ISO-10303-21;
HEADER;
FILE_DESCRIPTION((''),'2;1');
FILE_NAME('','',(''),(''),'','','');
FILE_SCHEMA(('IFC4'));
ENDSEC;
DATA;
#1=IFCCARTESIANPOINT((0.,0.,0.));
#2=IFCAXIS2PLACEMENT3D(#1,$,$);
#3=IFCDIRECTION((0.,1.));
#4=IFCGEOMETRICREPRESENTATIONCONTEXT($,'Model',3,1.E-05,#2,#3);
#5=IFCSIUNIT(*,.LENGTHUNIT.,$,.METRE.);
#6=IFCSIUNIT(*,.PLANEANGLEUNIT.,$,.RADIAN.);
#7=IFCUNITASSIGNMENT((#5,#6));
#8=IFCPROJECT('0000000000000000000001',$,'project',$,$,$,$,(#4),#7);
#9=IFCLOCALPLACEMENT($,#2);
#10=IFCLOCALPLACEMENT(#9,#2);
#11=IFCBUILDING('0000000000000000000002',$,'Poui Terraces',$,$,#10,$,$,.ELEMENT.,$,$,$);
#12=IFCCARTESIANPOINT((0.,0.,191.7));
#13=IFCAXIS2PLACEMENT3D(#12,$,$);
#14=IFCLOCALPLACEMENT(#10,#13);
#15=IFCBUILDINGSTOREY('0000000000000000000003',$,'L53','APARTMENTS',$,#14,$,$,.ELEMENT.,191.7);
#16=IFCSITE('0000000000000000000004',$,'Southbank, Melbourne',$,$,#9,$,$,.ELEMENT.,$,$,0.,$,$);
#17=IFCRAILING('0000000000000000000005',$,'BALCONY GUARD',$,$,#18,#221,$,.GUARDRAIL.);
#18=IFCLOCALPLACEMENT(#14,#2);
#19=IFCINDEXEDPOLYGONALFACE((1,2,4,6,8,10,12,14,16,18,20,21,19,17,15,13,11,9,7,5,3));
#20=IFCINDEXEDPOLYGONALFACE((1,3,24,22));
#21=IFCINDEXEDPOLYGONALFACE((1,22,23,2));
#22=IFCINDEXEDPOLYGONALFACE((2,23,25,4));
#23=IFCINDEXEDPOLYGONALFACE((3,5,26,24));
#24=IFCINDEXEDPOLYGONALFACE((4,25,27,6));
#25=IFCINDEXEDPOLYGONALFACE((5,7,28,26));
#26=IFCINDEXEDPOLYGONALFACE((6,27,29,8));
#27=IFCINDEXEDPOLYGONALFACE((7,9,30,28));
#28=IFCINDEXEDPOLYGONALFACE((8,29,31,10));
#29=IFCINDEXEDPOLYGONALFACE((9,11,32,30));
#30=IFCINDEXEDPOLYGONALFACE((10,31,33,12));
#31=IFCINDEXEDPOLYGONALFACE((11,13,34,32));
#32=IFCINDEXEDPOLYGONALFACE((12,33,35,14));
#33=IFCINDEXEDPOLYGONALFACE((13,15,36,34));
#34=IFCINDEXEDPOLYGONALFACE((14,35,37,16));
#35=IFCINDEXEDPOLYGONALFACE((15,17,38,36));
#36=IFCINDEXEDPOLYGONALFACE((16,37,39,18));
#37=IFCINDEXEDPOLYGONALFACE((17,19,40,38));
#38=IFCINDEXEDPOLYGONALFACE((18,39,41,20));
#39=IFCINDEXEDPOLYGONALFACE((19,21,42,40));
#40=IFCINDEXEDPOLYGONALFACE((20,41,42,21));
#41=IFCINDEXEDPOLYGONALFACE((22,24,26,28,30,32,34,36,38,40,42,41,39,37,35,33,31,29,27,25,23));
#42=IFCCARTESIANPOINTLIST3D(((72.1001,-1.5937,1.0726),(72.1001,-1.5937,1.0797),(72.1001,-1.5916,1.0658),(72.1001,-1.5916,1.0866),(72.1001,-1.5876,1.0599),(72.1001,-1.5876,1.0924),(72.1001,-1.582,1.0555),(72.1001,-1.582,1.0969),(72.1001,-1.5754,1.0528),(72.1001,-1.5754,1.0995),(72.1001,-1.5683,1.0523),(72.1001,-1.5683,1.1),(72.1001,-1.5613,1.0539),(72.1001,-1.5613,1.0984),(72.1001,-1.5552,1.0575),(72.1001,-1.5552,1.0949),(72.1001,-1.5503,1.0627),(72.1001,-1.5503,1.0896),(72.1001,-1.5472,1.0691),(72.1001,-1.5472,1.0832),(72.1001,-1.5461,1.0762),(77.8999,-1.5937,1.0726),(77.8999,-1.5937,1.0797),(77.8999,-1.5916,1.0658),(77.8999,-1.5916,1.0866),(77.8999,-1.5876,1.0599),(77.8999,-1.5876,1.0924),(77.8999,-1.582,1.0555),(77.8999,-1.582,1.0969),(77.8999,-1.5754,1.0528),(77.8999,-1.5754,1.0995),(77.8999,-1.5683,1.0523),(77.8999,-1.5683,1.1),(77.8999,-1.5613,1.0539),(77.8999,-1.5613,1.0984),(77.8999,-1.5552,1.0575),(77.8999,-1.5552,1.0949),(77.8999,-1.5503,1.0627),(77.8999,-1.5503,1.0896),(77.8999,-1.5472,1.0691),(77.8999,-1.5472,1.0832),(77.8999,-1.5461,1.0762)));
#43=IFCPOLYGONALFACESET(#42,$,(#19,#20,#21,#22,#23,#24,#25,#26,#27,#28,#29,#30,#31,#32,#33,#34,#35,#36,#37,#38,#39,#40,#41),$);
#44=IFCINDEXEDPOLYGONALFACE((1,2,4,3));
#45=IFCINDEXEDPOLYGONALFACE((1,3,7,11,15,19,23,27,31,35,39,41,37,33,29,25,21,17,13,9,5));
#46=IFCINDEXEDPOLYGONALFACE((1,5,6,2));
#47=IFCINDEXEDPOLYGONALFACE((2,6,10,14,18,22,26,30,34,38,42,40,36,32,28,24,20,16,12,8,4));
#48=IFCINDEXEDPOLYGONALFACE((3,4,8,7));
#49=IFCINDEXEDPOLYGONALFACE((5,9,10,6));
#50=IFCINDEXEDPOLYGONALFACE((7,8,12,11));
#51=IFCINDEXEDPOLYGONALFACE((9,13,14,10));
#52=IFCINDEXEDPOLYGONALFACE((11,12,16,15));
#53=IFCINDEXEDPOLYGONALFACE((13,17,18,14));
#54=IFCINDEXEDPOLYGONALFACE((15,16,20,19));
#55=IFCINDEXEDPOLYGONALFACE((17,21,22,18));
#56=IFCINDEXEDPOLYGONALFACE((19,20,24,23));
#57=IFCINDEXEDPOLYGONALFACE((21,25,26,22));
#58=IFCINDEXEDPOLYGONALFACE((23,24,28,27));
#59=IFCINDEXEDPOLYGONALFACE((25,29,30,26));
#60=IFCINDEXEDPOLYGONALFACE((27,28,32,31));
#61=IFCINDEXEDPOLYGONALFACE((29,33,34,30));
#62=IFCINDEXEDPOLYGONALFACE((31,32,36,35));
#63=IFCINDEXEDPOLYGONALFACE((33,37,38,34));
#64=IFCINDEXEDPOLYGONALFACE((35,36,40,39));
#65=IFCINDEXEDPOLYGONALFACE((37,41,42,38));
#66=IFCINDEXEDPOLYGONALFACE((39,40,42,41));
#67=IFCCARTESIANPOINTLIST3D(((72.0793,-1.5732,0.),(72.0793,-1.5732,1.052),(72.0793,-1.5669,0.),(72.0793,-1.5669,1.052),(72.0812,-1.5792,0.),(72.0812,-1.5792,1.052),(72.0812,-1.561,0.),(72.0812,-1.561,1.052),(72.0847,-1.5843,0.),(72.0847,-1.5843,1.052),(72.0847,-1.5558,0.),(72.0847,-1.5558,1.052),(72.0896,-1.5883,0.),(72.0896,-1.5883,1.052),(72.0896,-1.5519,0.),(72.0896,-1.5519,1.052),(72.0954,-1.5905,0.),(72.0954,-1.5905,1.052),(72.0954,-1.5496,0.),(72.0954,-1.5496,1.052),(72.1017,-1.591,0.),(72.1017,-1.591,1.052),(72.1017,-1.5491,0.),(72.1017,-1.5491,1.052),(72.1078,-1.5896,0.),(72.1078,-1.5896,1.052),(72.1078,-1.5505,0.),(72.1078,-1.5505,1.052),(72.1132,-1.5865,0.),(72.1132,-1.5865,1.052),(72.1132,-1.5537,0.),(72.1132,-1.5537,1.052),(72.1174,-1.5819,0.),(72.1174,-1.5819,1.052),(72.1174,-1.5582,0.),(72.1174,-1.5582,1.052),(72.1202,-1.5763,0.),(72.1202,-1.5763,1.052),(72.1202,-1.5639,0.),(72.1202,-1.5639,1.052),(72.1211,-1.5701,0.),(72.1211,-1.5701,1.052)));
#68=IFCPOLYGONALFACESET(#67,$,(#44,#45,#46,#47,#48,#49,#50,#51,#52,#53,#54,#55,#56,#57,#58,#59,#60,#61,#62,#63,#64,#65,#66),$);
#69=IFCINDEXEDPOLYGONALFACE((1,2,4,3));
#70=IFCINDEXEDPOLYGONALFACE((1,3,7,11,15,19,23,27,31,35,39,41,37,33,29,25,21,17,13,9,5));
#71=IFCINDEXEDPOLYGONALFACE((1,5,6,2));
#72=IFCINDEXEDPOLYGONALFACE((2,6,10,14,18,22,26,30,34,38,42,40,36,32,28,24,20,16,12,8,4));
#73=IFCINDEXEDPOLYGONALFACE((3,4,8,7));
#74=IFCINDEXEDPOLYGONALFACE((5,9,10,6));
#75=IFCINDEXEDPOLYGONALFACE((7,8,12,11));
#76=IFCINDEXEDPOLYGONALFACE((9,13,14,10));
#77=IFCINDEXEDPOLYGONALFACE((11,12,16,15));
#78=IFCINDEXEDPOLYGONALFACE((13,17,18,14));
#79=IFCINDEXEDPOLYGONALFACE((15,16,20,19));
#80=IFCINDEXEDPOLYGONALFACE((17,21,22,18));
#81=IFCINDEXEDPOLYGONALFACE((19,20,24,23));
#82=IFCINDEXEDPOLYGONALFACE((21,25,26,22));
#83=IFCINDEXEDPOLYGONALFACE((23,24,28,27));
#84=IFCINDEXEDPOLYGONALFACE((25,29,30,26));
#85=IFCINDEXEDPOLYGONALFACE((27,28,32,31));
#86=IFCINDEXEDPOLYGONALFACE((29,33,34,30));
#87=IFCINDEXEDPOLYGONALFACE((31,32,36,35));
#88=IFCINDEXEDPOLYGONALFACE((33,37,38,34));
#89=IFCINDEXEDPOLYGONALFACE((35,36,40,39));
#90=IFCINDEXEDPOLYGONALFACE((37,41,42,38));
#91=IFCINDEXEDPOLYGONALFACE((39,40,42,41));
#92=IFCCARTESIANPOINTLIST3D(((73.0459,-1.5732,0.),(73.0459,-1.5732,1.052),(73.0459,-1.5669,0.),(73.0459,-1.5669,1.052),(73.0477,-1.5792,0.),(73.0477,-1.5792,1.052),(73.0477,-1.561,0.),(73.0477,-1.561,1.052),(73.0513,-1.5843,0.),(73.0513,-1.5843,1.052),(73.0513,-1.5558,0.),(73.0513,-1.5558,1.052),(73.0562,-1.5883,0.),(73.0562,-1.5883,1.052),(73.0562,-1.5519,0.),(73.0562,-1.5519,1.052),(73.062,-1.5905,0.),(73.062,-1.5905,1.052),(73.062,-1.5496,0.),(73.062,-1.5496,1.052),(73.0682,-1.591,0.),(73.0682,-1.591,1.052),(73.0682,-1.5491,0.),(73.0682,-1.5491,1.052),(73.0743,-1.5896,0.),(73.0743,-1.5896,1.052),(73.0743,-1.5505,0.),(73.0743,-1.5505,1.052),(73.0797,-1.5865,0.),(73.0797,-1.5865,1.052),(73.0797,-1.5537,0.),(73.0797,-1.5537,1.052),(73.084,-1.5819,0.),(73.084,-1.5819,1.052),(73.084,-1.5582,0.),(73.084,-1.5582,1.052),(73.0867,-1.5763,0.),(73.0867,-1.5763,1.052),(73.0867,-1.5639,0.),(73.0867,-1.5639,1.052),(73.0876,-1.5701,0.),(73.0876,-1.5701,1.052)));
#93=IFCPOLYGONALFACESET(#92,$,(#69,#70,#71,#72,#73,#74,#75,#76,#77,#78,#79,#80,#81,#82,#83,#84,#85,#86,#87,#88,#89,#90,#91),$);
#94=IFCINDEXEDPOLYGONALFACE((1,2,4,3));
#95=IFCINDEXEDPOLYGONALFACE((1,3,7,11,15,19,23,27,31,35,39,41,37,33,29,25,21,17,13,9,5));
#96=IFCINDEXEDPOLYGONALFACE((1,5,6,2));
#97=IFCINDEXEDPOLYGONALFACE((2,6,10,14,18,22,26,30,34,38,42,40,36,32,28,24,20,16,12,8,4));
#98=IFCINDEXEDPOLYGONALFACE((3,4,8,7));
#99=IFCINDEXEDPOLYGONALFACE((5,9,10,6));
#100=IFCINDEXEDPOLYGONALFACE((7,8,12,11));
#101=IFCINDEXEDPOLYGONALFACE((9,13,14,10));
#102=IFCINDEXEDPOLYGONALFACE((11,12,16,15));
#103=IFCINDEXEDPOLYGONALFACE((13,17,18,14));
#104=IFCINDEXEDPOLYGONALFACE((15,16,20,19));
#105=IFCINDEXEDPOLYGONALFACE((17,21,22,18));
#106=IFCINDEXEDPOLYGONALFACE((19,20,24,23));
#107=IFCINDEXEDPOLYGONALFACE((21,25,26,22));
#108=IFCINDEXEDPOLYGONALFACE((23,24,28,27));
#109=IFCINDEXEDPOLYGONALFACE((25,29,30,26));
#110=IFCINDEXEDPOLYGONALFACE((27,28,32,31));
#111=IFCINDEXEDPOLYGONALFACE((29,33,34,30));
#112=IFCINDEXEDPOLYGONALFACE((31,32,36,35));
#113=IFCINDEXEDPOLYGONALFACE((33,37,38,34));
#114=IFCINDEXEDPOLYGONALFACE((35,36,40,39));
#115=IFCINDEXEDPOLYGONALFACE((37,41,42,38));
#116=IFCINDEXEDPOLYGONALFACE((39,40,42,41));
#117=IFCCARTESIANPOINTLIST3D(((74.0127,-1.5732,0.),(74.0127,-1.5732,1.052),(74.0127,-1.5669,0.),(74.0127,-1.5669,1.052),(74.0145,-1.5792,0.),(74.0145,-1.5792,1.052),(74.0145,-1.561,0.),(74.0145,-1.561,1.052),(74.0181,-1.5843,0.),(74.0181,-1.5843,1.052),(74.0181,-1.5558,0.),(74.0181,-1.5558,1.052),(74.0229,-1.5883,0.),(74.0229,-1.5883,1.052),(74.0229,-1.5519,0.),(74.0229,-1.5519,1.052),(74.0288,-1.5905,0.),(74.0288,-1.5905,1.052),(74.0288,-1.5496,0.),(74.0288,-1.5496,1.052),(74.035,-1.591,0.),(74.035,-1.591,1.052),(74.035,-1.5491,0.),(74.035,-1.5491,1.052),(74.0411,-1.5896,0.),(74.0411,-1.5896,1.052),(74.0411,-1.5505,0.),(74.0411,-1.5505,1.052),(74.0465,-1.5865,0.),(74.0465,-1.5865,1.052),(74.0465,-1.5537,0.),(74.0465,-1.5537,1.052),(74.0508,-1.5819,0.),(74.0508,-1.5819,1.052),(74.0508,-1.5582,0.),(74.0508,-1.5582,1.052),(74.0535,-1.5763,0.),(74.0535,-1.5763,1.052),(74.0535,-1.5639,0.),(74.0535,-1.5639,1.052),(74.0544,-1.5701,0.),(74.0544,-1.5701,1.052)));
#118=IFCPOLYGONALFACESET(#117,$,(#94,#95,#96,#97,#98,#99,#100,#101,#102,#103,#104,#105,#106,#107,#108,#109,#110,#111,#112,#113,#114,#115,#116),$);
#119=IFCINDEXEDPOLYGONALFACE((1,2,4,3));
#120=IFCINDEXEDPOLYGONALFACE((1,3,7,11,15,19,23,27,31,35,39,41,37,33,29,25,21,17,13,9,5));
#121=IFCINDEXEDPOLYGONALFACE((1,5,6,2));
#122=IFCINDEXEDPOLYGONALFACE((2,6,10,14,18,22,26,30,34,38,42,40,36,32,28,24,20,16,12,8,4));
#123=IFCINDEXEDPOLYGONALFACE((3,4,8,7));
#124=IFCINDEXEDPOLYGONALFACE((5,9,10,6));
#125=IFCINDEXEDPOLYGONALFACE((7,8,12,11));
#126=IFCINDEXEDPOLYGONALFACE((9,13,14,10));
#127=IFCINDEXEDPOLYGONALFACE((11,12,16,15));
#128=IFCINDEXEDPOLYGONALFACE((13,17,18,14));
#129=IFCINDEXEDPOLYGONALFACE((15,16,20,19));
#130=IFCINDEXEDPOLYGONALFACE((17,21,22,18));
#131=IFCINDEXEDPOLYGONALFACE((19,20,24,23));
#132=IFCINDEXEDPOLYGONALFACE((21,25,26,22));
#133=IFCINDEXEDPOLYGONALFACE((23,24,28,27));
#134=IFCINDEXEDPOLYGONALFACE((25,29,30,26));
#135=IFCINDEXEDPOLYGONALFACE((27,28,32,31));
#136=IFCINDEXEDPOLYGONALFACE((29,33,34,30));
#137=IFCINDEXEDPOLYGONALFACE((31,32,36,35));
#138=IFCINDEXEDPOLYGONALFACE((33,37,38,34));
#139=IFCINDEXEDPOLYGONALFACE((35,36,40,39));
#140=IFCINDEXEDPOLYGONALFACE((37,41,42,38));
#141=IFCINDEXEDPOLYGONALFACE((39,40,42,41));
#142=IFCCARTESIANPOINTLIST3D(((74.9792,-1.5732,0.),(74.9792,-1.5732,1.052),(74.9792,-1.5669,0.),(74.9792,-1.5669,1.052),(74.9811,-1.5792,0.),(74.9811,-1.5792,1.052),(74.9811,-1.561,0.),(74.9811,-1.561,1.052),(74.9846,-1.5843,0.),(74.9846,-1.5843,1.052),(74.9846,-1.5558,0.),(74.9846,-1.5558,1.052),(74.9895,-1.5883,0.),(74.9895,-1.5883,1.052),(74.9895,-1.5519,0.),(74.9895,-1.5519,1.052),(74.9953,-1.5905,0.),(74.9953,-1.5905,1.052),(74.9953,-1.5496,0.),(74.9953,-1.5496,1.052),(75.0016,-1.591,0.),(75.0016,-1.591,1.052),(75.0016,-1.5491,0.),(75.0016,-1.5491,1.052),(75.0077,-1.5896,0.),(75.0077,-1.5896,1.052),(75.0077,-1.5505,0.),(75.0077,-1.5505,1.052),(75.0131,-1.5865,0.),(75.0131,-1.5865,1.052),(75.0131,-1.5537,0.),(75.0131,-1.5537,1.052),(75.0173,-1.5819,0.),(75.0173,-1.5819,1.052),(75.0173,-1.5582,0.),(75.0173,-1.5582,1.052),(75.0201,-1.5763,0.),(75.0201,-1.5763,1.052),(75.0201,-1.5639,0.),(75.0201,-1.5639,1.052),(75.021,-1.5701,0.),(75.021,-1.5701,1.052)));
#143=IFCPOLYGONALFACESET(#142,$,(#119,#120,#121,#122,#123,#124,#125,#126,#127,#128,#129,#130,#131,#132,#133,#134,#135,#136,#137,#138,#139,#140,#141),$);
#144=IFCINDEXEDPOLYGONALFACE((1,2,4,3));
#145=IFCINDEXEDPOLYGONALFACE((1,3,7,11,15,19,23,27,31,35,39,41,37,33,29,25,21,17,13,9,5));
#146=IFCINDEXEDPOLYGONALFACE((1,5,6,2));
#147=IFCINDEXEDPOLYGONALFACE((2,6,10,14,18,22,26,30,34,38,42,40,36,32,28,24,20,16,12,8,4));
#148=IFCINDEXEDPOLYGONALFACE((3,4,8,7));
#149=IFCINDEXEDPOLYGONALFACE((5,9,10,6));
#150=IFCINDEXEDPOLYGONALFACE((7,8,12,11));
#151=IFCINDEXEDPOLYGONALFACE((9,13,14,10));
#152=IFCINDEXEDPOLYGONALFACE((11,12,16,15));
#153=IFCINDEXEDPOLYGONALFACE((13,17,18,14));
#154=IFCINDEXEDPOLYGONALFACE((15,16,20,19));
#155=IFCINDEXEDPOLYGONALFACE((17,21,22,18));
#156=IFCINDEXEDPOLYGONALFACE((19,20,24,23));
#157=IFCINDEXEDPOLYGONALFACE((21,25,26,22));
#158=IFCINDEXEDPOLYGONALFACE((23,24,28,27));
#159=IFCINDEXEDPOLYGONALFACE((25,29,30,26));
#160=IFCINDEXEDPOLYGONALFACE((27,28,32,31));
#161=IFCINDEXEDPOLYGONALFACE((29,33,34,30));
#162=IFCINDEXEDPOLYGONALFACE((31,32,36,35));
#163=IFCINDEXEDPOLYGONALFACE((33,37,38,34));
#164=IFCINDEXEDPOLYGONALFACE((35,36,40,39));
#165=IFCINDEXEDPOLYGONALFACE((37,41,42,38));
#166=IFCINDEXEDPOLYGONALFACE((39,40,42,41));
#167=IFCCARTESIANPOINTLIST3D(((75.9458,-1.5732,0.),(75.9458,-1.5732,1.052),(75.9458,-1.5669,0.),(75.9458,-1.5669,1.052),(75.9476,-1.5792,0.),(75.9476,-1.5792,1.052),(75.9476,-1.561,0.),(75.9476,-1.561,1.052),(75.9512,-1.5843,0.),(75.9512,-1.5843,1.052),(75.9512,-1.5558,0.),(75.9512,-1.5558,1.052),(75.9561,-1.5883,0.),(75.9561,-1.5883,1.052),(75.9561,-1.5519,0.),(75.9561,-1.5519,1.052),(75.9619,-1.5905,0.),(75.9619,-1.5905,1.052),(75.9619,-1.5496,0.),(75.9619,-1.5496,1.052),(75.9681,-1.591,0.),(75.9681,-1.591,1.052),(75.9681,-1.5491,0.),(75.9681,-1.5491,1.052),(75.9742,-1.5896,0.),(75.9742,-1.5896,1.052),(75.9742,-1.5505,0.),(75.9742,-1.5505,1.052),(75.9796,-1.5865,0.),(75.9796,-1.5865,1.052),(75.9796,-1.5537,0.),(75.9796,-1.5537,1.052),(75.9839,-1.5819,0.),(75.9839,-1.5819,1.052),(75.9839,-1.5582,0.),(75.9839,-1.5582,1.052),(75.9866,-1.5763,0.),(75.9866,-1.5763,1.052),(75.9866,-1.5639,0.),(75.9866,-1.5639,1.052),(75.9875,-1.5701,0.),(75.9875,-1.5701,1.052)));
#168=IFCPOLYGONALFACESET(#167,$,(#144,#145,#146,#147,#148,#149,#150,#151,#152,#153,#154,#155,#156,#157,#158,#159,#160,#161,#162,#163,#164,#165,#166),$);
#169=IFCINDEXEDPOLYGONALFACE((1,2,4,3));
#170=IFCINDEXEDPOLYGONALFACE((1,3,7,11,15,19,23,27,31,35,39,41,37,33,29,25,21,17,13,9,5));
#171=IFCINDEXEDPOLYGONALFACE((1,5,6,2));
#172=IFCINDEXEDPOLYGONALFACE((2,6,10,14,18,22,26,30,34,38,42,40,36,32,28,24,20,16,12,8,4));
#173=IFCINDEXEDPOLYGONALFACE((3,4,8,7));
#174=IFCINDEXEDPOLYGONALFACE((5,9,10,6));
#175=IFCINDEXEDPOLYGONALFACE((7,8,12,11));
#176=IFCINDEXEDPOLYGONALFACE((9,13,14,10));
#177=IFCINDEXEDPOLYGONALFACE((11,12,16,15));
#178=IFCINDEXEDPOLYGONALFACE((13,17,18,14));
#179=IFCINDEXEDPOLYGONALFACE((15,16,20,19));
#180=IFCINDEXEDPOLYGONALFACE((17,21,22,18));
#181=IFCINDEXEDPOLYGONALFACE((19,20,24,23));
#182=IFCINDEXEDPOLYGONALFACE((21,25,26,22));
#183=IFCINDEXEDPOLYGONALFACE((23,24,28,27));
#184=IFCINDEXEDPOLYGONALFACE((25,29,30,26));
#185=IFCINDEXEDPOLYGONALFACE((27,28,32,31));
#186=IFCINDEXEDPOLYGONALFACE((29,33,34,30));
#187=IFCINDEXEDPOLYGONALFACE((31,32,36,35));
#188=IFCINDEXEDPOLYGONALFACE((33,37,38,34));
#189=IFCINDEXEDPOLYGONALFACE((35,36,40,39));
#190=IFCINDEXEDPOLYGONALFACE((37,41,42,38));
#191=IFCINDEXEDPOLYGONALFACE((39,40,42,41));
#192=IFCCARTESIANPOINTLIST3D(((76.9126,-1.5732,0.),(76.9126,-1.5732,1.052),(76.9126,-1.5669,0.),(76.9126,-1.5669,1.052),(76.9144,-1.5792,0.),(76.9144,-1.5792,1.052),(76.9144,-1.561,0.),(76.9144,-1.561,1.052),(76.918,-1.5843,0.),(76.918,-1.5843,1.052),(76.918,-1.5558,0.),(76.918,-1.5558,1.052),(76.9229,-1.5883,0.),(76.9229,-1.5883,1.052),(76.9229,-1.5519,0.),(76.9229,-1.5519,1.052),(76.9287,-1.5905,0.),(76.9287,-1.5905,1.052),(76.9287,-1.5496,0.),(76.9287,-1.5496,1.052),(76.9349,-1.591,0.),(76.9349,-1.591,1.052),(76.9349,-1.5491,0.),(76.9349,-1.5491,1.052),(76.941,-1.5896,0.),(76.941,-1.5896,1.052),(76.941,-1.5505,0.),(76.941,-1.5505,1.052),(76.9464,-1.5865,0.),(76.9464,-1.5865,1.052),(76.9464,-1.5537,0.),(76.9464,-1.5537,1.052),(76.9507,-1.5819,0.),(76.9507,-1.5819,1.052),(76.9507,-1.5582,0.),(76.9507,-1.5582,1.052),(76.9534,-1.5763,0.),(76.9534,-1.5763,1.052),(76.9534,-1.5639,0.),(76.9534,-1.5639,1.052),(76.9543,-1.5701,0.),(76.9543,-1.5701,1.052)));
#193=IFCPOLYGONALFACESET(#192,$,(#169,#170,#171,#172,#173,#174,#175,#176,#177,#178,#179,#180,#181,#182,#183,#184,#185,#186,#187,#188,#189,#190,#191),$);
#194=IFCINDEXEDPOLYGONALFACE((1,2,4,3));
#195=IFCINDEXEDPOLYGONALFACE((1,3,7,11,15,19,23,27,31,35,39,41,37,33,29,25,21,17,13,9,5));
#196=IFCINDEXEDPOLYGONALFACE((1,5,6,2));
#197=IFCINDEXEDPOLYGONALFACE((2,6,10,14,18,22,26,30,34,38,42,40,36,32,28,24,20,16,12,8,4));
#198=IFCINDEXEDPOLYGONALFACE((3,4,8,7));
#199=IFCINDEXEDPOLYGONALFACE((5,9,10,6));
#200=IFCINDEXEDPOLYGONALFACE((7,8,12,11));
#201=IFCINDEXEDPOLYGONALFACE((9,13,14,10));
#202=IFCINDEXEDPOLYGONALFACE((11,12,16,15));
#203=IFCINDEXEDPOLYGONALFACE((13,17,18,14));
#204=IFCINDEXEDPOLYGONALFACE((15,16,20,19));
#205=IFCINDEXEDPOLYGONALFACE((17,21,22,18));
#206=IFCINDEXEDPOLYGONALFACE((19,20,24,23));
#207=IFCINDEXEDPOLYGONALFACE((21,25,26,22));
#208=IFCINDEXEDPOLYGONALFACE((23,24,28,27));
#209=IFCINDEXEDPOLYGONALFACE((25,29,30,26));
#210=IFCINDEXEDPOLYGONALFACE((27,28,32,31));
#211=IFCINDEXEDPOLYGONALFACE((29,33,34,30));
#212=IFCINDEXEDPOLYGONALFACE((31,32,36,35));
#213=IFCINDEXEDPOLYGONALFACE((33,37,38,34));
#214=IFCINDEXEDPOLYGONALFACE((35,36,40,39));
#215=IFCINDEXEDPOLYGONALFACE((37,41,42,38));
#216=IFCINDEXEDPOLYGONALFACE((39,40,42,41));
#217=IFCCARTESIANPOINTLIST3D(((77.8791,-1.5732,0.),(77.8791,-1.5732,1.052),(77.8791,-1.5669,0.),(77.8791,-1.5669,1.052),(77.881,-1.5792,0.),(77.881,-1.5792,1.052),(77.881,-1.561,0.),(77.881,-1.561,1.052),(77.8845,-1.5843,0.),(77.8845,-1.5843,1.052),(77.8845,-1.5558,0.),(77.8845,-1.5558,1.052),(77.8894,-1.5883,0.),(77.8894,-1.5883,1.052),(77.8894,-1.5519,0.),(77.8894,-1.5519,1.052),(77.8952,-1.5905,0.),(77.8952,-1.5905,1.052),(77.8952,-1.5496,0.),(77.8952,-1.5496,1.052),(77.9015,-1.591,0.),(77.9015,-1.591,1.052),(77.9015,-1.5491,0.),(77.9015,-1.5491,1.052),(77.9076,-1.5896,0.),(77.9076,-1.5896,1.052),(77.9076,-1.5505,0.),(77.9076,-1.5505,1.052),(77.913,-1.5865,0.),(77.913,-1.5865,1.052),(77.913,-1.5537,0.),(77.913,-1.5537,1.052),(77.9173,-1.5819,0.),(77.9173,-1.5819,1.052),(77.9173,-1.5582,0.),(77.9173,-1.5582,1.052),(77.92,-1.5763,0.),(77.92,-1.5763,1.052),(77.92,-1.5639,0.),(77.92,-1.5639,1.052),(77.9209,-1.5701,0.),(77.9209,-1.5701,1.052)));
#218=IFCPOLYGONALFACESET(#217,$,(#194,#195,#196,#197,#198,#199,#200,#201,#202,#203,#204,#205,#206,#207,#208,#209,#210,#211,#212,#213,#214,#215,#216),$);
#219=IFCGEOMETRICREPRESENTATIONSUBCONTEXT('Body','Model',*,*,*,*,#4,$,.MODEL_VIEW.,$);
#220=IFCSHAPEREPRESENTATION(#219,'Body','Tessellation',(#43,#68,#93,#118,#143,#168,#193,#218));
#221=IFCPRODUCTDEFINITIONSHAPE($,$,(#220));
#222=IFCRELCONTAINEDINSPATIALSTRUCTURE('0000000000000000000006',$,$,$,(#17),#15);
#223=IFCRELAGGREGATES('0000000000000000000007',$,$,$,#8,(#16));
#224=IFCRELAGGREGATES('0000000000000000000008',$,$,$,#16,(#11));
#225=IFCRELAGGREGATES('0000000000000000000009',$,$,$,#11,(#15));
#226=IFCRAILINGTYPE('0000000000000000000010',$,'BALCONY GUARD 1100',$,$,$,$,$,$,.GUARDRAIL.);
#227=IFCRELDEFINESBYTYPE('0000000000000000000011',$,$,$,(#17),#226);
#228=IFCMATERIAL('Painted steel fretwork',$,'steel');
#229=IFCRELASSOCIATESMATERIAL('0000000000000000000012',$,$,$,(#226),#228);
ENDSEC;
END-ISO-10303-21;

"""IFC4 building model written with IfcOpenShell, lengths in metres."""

from ifc_helpers import new_model, si_unit, direction, frame, origin, origin_2d, place, context, subcontext, project, spatial, circle, extrude, material, type_object, element, save


model = new_model("IFC4")

# Units and contexts
model_context = context("Model", 3, precision=1e-05, world=origin(), true_north=direction((0.0, 1.0)))
body_context = subcontext(model_context, "Body", "Model", "MODEL_VIEW")
ifc_project = project(units=[si_unit("LENGTHUNIT", "METRE"), si_unit("PLANEANGLEUNIT", "RADIAN")], contexts=[model_context])

# Site, building, storey
site_placement = place(None, origin())
site = spatial("IfcSite", under=ifc_project, at=site_placement, Name="Southbank, Melbourne", CompositionType="ELEMENT", RefElevation=0.0)
building_placement = place(site_placement, origin())
building = spatial("IfcBuilding", under=site, at=building_placement, Name="Poui Terraces", CompositionType="ELEMENT")
storey_placement = place(building_placement, frame((0.0, 0.0, 191.7)))
storey = spatial("IfcBuildingStorey", under=building, at=storey_placement, Name="L53", Description="APARTMENTS", CompositionType="ELEMENT", Elevation=191.7)

# Railing
ifc_material_1 = material(Name="Painted steel fretwork", Category="steel")
railing_type = type_object("IfcRailingType", Name="BALCONY GUARD 1100", PredefinedType="GUARDRAIL", material=ifc_material_1)
railing_placement = place(storey_placement, frame((72.1001, -1.5701, 0.0)))
element("IfcRailing", 1, at=railing_placement, inside=storey, type_object=railing_type, Name="BALCONY GUARD", PredefinedType="GUARDRAIL", context=body_context, shape_type="SweptSolid", body=[
    extrude(circle(Radius=0.0239, at=origin_2d()), frame((0.0, 0.0, 1.0762), z_axis=(1.0, 0.0, 0.0), x_axis=(0.0, 1.0, 0.0)), (0.0, 0.0, 1.0), 5.7998),
    extrude(circle(Radius=0.021, at=origin_2d()), origin(), (0.0, 0.0, 1.0), 1.052),
    extrude(circle(Radius=0.021, at=origin_2d()), frame((0.9666, 0.0, 0.0)), (0.0, 0.0, 1.0), 1.052),
    extrude(circle(Radius=0.021, at=origin_2d()), frame((1.9333, 0.0, 0.0)), (0.0, 0.0, 1.0), 1.052),
    extrude(circle(Radius=0.021, at=origin_2d()), frame((2.8999, 0.0, 0.0)), (0.0, 0.0, 1.0), 1.052),
    extrude(circle(Radius=0.021, at=origin_2d()), frame((3.8665, 0.0, 0.0)), (0.0, 0.0, 1.0), 1.052),
    extrude(circle(Radius=0.021, at=origin_2d()), frame((4.8333, 0.0, 0.0)), (0.0, 0.0, 1.0), 1.052),
    extrude(circle(Radius=0.021, at=origin_2d()), frame((5.7998, 0.0, 0.0)), (0.0, 0.0, 1.0), 1.052),
])

save(model, "model.ifc")
